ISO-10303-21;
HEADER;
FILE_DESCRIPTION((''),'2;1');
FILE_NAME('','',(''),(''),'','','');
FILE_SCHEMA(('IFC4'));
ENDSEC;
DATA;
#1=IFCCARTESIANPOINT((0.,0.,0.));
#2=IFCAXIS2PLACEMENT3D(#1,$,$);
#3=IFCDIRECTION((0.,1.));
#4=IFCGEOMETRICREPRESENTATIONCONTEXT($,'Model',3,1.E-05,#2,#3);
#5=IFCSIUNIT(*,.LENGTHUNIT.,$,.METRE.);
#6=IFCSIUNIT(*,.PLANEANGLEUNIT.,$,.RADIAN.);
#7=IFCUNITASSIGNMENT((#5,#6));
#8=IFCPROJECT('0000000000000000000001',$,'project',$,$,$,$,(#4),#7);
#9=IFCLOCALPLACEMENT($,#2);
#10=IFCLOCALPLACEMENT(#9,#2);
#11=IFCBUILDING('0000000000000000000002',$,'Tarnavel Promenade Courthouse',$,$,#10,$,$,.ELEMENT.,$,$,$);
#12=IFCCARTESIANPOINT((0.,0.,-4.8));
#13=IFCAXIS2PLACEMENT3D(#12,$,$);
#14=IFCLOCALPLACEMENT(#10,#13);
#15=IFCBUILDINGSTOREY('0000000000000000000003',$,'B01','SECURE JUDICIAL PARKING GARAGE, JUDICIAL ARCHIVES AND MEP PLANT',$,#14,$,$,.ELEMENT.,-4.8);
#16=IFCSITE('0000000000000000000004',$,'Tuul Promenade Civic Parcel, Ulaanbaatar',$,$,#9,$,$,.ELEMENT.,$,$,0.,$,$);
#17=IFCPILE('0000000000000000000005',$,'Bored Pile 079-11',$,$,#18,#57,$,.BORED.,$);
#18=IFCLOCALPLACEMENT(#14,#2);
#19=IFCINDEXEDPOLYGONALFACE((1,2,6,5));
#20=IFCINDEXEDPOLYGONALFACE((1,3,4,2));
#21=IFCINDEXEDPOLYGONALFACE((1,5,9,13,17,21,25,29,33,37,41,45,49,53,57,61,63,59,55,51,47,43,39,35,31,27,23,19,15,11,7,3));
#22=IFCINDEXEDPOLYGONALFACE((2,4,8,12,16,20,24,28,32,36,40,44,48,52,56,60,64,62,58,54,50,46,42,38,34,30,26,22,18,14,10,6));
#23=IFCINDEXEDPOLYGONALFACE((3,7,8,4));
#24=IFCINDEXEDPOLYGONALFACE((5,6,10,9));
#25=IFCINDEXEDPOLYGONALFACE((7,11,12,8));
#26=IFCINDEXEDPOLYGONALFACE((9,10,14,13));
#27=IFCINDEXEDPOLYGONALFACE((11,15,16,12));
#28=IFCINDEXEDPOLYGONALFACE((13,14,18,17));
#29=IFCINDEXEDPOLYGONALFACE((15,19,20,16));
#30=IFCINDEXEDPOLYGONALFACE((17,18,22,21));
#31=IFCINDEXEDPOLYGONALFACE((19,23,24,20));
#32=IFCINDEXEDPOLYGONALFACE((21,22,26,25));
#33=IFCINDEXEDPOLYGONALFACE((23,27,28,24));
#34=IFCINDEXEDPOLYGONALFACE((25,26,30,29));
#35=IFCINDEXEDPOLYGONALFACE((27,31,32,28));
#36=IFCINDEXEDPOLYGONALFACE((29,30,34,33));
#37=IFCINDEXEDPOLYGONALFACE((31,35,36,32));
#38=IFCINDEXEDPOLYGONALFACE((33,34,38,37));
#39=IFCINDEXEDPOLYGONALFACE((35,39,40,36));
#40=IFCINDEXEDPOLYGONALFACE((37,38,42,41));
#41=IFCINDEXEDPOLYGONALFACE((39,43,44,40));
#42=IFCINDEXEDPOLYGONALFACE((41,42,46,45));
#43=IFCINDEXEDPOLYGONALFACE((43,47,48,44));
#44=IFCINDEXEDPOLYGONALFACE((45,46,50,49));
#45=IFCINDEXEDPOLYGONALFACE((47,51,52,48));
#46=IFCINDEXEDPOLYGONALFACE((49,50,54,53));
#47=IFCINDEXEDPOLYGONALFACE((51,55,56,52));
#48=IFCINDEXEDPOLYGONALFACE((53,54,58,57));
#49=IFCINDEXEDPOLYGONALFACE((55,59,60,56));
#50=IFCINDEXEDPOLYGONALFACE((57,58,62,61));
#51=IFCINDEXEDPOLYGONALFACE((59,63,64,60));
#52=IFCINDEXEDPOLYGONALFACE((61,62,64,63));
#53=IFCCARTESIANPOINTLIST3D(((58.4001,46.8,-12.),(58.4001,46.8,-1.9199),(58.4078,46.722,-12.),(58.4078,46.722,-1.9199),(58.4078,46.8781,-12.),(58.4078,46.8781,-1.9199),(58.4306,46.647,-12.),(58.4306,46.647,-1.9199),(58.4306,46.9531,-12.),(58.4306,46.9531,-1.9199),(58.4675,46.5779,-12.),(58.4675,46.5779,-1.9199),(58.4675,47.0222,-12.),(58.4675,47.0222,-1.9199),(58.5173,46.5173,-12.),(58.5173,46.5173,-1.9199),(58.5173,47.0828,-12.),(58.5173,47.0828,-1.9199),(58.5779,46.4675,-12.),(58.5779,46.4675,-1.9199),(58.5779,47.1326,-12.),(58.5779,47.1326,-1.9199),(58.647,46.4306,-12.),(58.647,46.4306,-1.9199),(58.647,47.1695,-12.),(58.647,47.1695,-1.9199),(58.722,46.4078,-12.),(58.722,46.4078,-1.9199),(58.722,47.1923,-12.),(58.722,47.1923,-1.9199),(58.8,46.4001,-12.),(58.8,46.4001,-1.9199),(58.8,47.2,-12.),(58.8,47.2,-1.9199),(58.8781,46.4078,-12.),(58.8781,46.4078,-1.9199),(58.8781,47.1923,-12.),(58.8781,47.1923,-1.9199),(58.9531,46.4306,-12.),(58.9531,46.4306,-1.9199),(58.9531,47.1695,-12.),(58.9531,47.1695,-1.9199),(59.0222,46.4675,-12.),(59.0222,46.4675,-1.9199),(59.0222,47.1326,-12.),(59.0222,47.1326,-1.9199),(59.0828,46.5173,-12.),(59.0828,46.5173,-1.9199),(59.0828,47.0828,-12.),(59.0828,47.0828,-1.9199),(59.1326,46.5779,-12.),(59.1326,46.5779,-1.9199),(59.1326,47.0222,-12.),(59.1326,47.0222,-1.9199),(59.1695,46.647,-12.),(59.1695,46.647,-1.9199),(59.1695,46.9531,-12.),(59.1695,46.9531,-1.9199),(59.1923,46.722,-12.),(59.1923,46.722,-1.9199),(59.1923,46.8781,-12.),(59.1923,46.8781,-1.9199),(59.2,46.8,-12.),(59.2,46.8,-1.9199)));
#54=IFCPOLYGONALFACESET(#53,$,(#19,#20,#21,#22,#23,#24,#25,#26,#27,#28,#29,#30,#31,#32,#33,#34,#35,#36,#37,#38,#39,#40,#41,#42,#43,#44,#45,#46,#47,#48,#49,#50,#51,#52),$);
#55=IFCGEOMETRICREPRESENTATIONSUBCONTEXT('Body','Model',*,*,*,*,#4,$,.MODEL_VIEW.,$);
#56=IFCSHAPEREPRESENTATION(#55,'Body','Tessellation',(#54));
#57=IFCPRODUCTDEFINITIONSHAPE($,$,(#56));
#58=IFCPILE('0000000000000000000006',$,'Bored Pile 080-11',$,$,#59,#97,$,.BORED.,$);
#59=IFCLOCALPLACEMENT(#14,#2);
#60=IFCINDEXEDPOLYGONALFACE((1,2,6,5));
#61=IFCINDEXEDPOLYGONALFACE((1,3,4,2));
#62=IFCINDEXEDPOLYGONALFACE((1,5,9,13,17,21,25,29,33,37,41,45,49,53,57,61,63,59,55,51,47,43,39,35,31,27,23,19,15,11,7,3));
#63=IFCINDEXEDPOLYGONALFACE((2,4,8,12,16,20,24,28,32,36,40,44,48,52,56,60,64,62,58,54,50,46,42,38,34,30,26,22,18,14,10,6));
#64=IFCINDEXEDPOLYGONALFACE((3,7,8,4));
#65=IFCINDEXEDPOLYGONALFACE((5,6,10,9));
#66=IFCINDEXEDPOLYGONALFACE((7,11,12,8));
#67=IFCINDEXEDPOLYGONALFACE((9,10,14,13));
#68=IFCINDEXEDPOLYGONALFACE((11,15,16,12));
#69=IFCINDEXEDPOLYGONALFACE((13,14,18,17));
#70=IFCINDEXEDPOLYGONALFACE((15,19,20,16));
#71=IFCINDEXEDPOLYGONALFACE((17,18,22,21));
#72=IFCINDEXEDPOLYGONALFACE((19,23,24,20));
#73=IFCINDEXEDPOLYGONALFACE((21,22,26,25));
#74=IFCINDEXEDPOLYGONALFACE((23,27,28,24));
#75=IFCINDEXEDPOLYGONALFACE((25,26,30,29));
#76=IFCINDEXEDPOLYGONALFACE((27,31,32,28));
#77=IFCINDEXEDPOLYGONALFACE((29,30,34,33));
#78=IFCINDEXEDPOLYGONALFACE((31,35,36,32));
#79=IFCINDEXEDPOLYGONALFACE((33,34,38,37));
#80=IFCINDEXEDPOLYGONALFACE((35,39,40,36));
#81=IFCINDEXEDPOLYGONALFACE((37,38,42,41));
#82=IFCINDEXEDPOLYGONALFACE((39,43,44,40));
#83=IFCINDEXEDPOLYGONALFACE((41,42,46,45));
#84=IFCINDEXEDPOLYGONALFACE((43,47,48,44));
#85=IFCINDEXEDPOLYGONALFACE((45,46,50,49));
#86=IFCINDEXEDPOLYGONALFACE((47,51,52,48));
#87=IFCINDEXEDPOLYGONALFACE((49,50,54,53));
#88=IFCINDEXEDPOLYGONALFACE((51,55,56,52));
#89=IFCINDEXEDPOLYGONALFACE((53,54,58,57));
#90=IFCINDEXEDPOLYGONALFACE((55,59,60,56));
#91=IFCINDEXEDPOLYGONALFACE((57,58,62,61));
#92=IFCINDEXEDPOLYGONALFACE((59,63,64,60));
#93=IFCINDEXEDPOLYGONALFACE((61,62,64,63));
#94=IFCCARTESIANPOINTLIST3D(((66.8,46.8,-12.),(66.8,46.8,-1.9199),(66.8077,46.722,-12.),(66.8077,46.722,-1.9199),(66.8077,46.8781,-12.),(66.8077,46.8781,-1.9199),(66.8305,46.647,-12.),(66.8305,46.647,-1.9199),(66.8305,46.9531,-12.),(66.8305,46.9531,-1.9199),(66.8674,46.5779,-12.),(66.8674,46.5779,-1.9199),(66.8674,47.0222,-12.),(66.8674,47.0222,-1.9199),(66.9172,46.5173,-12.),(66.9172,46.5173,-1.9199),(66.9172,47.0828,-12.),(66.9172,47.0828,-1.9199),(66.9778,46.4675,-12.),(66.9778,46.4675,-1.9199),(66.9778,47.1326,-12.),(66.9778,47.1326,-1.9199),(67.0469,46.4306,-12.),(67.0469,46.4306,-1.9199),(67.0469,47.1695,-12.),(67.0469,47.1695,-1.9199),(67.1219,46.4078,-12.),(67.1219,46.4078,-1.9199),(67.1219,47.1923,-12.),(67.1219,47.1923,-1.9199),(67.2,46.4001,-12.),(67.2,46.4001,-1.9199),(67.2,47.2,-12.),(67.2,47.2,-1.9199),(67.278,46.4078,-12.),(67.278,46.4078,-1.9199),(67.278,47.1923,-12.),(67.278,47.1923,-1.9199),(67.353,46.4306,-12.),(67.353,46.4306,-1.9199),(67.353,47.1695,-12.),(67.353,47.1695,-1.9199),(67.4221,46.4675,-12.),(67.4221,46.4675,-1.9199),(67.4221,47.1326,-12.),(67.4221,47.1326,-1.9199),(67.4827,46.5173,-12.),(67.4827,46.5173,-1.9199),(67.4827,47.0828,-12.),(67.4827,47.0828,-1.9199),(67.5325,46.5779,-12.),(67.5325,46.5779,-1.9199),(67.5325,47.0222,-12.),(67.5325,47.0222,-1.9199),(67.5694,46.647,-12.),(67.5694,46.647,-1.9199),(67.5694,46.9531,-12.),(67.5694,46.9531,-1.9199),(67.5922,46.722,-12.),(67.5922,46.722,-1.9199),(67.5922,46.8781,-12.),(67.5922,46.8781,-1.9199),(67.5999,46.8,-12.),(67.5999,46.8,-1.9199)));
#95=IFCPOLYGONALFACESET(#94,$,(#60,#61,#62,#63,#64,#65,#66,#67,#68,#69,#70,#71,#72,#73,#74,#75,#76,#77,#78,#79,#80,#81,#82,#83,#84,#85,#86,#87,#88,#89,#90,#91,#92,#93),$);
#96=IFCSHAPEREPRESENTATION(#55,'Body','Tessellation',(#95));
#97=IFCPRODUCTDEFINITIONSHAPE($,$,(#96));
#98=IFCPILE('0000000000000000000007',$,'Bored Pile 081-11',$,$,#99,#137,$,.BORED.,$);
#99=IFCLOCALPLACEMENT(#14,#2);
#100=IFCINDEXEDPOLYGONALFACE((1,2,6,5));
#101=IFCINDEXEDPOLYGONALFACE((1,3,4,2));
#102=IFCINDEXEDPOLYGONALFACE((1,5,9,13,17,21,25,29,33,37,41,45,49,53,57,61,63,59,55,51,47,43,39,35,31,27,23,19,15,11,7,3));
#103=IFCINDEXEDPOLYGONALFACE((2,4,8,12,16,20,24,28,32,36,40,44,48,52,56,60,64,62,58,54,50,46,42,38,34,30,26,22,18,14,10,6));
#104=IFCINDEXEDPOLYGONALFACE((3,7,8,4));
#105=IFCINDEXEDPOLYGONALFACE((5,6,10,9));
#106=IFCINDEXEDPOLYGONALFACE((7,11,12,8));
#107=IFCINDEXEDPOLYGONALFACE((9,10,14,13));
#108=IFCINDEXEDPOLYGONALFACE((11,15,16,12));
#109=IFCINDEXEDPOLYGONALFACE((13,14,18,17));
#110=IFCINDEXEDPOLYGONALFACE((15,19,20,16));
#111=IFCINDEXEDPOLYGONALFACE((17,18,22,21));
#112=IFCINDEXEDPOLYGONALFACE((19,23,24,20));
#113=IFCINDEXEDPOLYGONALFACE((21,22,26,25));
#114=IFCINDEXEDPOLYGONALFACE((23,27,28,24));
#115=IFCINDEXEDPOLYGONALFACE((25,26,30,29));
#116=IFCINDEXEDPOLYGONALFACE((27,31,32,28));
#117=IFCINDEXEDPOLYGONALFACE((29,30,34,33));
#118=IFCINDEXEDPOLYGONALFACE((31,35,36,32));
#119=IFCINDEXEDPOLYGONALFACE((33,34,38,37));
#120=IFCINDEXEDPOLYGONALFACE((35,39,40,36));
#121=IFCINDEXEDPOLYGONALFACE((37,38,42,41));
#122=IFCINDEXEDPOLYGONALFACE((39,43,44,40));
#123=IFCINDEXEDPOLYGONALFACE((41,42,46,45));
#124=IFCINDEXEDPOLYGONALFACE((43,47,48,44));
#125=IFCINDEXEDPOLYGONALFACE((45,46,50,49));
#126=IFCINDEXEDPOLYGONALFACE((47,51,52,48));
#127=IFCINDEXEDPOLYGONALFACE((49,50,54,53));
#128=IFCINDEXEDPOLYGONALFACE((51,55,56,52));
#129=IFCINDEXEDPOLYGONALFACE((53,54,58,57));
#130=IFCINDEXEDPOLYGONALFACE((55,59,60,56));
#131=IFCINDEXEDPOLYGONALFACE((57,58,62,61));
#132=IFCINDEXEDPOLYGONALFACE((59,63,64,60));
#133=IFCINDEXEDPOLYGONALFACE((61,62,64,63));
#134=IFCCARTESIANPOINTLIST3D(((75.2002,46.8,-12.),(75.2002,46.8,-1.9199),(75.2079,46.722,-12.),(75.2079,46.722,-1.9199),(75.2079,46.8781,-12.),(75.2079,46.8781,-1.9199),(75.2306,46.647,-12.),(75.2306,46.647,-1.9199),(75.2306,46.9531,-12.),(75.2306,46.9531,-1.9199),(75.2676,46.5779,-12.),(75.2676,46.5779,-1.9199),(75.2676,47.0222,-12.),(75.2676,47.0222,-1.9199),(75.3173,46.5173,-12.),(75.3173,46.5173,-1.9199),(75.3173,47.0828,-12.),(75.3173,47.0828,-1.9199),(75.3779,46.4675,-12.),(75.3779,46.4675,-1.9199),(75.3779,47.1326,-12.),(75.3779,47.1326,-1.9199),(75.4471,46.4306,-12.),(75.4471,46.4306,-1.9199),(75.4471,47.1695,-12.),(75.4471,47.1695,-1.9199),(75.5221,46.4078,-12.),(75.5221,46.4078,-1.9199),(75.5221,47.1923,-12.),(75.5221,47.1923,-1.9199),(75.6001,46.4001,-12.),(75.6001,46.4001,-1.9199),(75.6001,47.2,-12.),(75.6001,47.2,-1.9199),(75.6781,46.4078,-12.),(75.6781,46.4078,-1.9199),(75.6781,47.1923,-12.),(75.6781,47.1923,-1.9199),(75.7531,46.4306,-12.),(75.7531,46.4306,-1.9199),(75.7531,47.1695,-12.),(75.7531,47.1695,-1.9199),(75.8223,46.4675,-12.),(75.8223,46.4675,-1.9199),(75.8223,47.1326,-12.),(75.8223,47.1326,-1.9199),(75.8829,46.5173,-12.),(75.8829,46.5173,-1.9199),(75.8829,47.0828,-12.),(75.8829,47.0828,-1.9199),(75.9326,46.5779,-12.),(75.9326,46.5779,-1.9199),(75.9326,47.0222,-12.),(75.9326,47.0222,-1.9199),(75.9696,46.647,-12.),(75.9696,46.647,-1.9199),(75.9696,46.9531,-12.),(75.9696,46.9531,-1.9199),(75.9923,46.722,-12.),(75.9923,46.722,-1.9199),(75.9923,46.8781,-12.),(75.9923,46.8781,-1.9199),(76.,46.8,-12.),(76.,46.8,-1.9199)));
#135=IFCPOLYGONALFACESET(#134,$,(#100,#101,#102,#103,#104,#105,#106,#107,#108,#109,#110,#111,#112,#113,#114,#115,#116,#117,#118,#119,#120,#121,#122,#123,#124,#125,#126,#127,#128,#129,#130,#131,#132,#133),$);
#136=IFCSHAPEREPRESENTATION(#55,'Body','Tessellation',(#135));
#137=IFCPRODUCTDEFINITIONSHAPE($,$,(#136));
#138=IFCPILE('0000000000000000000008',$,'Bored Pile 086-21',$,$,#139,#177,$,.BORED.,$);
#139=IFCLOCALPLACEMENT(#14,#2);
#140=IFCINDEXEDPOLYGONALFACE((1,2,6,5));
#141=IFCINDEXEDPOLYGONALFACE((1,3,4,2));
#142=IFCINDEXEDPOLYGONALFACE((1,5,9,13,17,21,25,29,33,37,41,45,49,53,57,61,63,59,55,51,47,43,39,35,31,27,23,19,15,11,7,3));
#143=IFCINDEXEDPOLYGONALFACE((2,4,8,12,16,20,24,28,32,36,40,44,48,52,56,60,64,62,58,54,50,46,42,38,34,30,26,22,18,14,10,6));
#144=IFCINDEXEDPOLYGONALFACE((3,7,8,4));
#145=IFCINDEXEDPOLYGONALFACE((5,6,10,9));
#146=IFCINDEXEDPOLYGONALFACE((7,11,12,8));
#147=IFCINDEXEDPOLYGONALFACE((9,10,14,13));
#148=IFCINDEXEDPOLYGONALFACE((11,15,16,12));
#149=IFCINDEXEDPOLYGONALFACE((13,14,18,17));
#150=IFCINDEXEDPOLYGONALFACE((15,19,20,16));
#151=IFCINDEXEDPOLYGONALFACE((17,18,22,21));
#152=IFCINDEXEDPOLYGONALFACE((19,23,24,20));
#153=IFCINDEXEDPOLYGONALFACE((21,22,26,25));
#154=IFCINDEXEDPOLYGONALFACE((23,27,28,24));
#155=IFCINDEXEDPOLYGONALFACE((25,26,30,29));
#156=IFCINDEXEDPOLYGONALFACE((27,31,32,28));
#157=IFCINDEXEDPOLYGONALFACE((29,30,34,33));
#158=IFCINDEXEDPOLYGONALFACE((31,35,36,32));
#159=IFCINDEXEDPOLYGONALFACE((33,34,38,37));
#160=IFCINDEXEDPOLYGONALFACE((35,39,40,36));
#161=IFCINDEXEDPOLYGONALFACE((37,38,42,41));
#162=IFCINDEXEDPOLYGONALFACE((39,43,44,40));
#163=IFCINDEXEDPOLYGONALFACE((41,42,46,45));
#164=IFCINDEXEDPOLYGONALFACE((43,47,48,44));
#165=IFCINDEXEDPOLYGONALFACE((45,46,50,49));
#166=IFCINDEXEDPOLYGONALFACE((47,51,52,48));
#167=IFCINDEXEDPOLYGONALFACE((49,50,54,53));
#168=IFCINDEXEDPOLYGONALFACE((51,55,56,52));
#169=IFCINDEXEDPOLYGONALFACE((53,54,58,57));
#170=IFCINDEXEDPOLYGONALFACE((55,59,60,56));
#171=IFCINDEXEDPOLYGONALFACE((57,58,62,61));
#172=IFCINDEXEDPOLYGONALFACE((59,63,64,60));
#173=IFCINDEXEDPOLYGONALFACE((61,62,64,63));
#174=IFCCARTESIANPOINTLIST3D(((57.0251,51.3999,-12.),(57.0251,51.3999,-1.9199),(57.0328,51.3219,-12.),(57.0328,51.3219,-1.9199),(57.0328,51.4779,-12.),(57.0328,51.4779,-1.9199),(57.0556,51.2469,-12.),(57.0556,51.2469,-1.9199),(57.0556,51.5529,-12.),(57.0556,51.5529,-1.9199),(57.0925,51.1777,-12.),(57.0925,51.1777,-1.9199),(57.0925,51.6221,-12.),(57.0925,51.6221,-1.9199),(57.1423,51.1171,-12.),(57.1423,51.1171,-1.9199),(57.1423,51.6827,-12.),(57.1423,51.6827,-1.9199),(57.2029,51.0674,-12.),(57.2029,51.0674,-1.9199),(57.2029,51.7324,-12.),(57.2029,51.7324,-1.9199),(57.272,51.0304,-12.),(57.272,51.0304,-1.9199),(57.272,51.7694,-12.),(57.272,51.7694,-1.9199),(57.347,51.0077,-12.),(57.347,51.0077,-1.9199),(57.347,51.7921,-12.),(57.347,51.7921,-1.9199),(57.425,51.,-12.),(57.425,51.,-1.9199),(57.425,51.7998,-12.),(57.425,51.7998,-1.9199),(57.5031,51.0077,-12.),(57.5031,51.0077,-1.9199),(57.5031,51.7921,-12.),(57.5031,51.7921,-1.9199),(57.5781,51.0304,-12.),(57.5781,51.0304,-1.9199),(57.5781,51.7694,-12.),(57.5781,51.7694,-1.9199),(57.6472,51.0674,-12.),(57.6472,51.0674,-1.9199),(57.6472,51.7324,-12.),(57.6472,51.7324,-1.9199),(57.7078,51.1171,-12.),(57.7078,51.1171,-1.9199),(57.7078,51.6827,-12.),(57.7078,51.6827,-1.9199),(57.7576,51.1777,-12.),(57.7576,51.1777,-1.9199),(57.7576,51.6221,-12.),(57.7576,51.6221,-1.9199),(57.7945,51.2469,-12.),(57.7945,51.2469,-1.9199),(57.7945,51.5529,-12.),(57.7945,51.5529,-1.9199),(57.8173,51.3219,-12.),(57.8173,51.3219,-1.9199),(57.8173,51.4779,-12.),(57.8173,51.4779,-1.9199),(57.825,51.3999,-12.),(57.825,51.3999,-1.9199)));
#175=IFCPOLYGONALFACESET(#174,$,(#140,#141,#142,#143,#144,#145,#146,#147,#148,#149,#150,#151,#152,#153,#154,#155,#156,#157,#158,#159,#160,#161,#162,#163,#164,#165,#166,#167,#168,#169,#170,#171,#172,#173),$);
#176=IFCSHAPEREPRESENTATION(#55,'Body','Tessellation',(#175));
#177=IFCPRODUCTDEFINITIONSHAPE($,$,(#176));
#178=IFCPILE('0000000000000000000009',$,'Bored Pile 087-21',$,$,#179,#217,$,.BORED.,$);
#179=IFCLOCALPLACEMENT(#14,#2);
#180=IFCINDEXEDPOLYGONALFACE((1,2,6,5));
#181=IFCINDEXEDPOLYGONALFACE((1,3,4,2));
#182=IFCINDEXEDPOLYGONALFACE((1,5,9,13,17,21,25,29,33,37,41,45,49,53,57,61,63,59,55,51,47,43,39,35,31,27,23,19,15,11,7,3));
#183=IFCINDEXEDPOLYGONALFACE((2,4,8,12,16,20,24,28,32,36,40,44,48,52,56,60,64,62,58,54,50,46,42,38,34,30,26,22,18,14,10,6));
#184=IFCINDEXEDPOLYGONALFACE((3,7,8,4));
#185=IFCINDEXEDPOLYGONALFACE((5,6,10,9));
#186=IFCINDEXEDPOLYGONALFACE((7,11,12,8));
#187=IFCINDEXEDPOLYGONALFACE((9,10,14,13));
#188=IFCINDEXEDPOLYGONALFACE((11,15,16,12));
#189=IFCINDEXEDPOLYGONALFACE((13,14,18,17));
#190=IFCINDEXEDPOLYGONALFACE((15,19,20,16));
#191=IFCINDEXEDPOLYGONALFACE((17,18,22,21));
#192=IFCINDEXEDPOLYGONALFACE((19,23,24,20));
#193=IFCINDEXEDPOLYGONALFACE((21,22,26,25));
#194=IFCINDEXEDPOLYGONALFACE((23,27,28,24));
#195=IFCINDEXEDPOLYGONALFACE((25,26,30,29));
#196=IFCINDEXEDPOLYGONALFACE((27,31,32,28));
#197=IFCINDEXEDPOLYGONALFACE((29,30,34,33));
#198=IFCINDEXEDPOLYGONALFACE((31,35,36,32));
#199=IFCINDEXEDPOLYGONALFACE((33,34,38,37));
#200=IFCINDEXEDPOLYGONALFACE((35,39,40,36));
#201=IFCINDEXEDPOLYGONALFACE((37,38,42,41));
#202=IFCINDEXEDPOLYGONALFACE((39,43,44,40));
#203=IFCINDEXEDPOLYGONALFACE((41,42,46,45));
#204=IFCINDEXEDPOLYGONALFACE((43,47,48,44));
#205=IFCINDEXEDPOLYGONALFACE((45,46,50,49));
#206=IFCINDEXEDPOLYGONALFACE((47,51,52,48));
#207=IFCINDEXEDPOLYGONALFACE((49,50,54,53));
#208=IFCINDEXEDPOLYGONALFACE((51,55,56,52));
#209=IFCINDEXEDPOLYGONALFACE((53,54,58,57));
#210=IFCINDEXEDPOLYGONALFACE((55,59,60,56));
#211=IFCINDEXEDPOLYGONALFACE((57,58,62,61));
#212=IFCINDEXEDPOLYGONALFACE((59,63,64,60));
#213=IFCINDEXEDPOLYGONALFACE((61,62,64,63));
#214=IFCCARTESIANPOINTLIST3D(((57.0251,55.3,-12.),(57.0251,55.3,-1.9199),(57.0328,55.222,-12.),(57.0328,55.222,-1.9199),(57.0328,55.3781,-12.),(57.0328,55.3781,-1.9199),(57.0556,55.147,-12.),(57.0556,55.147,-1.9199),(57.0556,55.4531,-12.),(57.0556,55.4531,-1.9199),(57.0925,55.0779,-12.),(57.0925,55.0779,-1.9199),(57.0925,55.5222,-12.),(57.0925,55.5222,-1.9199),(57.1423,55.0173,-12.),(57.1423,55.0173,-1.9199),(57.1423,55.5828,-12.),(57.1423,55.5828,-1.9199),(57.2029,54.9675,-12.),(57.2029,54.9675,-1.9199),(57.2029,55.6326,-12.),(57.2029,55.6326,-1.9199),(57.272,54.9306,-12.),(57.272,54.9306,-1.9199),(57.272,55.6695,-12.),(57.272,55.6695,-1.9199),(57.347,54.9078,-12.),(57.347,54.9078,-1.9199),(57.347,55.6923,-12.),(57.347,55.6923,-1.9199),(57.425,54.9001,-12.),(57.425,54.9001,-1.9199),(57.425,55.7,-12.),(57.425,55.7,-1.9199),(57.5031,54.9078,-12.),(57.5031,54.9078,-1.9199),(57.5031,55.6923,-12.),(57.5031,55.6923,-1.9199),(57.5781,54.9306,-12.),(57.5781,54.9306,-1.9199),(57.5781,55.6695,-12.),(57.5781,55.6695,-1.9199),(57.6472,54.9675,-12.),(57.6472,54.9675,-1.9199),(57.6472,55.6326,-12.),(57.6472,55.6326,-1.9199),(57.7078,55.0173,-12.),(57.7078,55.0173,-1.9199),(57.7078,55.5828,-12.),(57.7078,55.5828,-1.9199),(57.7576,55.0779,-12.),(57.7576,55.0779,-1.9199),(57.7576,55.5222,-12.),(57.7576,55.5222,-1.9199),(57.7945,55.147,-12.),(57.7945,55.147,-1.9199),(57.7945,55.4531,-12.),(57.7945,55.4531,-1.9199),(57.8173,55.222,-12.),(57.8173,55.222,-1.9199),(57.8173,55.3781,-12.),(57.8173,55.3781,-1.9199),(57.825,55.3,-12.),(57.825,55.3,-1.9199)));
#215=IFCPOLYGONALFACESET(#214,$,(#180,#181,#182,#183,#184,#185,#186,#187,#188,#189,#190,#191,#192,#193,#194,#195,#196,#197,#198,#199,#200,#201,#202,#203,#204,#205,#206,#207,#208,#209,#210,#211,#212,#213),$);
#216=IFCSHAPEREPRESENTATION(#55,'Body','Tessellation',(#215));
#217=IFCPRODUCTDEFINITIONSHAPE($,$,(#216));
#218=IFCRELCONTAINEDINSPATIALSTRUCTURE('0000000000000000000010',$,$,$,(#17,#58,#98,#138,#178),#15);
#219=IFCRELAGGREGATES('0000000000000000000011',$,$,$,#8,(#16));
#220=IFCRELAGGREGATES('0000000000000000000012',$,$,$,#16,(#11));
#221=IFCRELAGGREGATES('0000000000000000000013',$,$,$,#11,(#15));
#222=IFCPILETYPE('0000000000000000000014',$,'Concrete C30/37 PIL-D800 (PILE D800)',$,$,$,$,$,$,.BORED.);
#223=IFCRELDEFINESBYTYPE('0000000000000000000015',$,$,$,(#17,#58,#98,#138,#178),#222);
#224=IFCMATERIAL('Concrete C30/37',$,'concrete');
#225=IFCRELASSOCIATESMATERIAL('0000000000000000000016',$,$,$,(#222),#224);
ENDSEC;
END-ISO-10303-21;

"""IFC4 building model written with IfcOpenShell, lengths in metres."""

from ifc_helpers import new_model, si_unit, direction, frame, origin, origin_2d, place, context, subcontext, project, spatial, circle, extrude, material, material_profile, profile_set, type_object, element, save


model = new_model("IFC4")

# Units and contexts
model_context = context("Model", 3, precision=1e-05, world=origin(), true_north=direction((0.0, 1.0)))
body_context = subcontext(model_context, "Body", "Model", "MODEL_VIEW")
ifc_project = project(units=[si_unit("LENGTHUNIT", "METRE"), si_unit("PLANEANGLEUNIT", "RADIAN")], contexts=[model_context])

# Site, building, storey
site_placement = place(None, origin())
site = spatial("IfcSite", under=ifc_project, at=site_placement, Name="Tuul Promenade Civic Parcel, Ulaanbaatar", CompositionType="ELEMENT", RefElevation=0.0)
building_placement = place(site_placement, origin())
building = spatial("IfcBuilding", under=site, at=building_placement, Name="Tarnavel Promenade Courthouse", CompositionType="ELEMENT")
storey_placement = place(building_placement, frame((0.0, 0.0, -4.8)))
storey = spatial("IfcBuildingStorey", under=building, at=storey_placement, Name="B01", Description="SECURE JUDICIAL PARKING GARAGE, JUDICIAL ARCHIVES AND MEP PLANT", CompositionType="ELEMENT", Elevation=-4.8)

# Piles
ifc_material_1 = material(Name="Concrete C30/37", Category="concrete")
ifc_material_profile_1 = material_profile(ifc_material_1, circle(Radius=0.3999, at=origin_2d()), Name="PILE D800")
ifc_profile_set_1 = profile_set([ifc_material_profile_1], Name="Concrete C30/37")
pile_type = type_object("IfcPileType", Name="Concrete C30/37 PIL-D800 (PILE D800)", PredefinedType="BORED", material=ifc_profile_set_1)
for number, where, z_axis, x_axis, name in (
    (1, (58.8, 46.8, -1.9199), (0.0, 0.0, -1.0), (1.0, 0.0, 0.0), "Bored Pile 079-11"),
    (2, (67.2, 46.8, -1.9199), (0.0, 0.0, -1.0), (1.0, 0.0, 0.0), "Bored Pile 080-11"),
    (3, (75.6001, 46.8, -1.9199), (0.0, 0.0, -1.0), (1.0, 0.0, 0.0), "Bored Pile 081-11"),
    (4, (57.425, 51.3999, -1.9199), (0.0, 0.0, -1.0), (1.0, 0.0, 0.0), "Bored Pile 086-21"),
    (5, (57.425, 55.3, -1.9199), (0.0, 0.0, -1.0), (1.0, 0.0, 0.0), "Bored Pile 087-21"),
):
    element("IfcPile", number, at=place(storey_placement, frame(where, z_axis=z_axis, x_axis=x_axis)), inside=storey, type_object=pile_type, Name=name, PredefinedType="BORED", context=body_context, shape_type="SweptSolid", body=[
        extrude(circle(Radius=0.3999, at=origin_2d()), origin(), (0.0, 0.0, 1.0), 10.0801),
    ])

save(model, "model.ifc")
